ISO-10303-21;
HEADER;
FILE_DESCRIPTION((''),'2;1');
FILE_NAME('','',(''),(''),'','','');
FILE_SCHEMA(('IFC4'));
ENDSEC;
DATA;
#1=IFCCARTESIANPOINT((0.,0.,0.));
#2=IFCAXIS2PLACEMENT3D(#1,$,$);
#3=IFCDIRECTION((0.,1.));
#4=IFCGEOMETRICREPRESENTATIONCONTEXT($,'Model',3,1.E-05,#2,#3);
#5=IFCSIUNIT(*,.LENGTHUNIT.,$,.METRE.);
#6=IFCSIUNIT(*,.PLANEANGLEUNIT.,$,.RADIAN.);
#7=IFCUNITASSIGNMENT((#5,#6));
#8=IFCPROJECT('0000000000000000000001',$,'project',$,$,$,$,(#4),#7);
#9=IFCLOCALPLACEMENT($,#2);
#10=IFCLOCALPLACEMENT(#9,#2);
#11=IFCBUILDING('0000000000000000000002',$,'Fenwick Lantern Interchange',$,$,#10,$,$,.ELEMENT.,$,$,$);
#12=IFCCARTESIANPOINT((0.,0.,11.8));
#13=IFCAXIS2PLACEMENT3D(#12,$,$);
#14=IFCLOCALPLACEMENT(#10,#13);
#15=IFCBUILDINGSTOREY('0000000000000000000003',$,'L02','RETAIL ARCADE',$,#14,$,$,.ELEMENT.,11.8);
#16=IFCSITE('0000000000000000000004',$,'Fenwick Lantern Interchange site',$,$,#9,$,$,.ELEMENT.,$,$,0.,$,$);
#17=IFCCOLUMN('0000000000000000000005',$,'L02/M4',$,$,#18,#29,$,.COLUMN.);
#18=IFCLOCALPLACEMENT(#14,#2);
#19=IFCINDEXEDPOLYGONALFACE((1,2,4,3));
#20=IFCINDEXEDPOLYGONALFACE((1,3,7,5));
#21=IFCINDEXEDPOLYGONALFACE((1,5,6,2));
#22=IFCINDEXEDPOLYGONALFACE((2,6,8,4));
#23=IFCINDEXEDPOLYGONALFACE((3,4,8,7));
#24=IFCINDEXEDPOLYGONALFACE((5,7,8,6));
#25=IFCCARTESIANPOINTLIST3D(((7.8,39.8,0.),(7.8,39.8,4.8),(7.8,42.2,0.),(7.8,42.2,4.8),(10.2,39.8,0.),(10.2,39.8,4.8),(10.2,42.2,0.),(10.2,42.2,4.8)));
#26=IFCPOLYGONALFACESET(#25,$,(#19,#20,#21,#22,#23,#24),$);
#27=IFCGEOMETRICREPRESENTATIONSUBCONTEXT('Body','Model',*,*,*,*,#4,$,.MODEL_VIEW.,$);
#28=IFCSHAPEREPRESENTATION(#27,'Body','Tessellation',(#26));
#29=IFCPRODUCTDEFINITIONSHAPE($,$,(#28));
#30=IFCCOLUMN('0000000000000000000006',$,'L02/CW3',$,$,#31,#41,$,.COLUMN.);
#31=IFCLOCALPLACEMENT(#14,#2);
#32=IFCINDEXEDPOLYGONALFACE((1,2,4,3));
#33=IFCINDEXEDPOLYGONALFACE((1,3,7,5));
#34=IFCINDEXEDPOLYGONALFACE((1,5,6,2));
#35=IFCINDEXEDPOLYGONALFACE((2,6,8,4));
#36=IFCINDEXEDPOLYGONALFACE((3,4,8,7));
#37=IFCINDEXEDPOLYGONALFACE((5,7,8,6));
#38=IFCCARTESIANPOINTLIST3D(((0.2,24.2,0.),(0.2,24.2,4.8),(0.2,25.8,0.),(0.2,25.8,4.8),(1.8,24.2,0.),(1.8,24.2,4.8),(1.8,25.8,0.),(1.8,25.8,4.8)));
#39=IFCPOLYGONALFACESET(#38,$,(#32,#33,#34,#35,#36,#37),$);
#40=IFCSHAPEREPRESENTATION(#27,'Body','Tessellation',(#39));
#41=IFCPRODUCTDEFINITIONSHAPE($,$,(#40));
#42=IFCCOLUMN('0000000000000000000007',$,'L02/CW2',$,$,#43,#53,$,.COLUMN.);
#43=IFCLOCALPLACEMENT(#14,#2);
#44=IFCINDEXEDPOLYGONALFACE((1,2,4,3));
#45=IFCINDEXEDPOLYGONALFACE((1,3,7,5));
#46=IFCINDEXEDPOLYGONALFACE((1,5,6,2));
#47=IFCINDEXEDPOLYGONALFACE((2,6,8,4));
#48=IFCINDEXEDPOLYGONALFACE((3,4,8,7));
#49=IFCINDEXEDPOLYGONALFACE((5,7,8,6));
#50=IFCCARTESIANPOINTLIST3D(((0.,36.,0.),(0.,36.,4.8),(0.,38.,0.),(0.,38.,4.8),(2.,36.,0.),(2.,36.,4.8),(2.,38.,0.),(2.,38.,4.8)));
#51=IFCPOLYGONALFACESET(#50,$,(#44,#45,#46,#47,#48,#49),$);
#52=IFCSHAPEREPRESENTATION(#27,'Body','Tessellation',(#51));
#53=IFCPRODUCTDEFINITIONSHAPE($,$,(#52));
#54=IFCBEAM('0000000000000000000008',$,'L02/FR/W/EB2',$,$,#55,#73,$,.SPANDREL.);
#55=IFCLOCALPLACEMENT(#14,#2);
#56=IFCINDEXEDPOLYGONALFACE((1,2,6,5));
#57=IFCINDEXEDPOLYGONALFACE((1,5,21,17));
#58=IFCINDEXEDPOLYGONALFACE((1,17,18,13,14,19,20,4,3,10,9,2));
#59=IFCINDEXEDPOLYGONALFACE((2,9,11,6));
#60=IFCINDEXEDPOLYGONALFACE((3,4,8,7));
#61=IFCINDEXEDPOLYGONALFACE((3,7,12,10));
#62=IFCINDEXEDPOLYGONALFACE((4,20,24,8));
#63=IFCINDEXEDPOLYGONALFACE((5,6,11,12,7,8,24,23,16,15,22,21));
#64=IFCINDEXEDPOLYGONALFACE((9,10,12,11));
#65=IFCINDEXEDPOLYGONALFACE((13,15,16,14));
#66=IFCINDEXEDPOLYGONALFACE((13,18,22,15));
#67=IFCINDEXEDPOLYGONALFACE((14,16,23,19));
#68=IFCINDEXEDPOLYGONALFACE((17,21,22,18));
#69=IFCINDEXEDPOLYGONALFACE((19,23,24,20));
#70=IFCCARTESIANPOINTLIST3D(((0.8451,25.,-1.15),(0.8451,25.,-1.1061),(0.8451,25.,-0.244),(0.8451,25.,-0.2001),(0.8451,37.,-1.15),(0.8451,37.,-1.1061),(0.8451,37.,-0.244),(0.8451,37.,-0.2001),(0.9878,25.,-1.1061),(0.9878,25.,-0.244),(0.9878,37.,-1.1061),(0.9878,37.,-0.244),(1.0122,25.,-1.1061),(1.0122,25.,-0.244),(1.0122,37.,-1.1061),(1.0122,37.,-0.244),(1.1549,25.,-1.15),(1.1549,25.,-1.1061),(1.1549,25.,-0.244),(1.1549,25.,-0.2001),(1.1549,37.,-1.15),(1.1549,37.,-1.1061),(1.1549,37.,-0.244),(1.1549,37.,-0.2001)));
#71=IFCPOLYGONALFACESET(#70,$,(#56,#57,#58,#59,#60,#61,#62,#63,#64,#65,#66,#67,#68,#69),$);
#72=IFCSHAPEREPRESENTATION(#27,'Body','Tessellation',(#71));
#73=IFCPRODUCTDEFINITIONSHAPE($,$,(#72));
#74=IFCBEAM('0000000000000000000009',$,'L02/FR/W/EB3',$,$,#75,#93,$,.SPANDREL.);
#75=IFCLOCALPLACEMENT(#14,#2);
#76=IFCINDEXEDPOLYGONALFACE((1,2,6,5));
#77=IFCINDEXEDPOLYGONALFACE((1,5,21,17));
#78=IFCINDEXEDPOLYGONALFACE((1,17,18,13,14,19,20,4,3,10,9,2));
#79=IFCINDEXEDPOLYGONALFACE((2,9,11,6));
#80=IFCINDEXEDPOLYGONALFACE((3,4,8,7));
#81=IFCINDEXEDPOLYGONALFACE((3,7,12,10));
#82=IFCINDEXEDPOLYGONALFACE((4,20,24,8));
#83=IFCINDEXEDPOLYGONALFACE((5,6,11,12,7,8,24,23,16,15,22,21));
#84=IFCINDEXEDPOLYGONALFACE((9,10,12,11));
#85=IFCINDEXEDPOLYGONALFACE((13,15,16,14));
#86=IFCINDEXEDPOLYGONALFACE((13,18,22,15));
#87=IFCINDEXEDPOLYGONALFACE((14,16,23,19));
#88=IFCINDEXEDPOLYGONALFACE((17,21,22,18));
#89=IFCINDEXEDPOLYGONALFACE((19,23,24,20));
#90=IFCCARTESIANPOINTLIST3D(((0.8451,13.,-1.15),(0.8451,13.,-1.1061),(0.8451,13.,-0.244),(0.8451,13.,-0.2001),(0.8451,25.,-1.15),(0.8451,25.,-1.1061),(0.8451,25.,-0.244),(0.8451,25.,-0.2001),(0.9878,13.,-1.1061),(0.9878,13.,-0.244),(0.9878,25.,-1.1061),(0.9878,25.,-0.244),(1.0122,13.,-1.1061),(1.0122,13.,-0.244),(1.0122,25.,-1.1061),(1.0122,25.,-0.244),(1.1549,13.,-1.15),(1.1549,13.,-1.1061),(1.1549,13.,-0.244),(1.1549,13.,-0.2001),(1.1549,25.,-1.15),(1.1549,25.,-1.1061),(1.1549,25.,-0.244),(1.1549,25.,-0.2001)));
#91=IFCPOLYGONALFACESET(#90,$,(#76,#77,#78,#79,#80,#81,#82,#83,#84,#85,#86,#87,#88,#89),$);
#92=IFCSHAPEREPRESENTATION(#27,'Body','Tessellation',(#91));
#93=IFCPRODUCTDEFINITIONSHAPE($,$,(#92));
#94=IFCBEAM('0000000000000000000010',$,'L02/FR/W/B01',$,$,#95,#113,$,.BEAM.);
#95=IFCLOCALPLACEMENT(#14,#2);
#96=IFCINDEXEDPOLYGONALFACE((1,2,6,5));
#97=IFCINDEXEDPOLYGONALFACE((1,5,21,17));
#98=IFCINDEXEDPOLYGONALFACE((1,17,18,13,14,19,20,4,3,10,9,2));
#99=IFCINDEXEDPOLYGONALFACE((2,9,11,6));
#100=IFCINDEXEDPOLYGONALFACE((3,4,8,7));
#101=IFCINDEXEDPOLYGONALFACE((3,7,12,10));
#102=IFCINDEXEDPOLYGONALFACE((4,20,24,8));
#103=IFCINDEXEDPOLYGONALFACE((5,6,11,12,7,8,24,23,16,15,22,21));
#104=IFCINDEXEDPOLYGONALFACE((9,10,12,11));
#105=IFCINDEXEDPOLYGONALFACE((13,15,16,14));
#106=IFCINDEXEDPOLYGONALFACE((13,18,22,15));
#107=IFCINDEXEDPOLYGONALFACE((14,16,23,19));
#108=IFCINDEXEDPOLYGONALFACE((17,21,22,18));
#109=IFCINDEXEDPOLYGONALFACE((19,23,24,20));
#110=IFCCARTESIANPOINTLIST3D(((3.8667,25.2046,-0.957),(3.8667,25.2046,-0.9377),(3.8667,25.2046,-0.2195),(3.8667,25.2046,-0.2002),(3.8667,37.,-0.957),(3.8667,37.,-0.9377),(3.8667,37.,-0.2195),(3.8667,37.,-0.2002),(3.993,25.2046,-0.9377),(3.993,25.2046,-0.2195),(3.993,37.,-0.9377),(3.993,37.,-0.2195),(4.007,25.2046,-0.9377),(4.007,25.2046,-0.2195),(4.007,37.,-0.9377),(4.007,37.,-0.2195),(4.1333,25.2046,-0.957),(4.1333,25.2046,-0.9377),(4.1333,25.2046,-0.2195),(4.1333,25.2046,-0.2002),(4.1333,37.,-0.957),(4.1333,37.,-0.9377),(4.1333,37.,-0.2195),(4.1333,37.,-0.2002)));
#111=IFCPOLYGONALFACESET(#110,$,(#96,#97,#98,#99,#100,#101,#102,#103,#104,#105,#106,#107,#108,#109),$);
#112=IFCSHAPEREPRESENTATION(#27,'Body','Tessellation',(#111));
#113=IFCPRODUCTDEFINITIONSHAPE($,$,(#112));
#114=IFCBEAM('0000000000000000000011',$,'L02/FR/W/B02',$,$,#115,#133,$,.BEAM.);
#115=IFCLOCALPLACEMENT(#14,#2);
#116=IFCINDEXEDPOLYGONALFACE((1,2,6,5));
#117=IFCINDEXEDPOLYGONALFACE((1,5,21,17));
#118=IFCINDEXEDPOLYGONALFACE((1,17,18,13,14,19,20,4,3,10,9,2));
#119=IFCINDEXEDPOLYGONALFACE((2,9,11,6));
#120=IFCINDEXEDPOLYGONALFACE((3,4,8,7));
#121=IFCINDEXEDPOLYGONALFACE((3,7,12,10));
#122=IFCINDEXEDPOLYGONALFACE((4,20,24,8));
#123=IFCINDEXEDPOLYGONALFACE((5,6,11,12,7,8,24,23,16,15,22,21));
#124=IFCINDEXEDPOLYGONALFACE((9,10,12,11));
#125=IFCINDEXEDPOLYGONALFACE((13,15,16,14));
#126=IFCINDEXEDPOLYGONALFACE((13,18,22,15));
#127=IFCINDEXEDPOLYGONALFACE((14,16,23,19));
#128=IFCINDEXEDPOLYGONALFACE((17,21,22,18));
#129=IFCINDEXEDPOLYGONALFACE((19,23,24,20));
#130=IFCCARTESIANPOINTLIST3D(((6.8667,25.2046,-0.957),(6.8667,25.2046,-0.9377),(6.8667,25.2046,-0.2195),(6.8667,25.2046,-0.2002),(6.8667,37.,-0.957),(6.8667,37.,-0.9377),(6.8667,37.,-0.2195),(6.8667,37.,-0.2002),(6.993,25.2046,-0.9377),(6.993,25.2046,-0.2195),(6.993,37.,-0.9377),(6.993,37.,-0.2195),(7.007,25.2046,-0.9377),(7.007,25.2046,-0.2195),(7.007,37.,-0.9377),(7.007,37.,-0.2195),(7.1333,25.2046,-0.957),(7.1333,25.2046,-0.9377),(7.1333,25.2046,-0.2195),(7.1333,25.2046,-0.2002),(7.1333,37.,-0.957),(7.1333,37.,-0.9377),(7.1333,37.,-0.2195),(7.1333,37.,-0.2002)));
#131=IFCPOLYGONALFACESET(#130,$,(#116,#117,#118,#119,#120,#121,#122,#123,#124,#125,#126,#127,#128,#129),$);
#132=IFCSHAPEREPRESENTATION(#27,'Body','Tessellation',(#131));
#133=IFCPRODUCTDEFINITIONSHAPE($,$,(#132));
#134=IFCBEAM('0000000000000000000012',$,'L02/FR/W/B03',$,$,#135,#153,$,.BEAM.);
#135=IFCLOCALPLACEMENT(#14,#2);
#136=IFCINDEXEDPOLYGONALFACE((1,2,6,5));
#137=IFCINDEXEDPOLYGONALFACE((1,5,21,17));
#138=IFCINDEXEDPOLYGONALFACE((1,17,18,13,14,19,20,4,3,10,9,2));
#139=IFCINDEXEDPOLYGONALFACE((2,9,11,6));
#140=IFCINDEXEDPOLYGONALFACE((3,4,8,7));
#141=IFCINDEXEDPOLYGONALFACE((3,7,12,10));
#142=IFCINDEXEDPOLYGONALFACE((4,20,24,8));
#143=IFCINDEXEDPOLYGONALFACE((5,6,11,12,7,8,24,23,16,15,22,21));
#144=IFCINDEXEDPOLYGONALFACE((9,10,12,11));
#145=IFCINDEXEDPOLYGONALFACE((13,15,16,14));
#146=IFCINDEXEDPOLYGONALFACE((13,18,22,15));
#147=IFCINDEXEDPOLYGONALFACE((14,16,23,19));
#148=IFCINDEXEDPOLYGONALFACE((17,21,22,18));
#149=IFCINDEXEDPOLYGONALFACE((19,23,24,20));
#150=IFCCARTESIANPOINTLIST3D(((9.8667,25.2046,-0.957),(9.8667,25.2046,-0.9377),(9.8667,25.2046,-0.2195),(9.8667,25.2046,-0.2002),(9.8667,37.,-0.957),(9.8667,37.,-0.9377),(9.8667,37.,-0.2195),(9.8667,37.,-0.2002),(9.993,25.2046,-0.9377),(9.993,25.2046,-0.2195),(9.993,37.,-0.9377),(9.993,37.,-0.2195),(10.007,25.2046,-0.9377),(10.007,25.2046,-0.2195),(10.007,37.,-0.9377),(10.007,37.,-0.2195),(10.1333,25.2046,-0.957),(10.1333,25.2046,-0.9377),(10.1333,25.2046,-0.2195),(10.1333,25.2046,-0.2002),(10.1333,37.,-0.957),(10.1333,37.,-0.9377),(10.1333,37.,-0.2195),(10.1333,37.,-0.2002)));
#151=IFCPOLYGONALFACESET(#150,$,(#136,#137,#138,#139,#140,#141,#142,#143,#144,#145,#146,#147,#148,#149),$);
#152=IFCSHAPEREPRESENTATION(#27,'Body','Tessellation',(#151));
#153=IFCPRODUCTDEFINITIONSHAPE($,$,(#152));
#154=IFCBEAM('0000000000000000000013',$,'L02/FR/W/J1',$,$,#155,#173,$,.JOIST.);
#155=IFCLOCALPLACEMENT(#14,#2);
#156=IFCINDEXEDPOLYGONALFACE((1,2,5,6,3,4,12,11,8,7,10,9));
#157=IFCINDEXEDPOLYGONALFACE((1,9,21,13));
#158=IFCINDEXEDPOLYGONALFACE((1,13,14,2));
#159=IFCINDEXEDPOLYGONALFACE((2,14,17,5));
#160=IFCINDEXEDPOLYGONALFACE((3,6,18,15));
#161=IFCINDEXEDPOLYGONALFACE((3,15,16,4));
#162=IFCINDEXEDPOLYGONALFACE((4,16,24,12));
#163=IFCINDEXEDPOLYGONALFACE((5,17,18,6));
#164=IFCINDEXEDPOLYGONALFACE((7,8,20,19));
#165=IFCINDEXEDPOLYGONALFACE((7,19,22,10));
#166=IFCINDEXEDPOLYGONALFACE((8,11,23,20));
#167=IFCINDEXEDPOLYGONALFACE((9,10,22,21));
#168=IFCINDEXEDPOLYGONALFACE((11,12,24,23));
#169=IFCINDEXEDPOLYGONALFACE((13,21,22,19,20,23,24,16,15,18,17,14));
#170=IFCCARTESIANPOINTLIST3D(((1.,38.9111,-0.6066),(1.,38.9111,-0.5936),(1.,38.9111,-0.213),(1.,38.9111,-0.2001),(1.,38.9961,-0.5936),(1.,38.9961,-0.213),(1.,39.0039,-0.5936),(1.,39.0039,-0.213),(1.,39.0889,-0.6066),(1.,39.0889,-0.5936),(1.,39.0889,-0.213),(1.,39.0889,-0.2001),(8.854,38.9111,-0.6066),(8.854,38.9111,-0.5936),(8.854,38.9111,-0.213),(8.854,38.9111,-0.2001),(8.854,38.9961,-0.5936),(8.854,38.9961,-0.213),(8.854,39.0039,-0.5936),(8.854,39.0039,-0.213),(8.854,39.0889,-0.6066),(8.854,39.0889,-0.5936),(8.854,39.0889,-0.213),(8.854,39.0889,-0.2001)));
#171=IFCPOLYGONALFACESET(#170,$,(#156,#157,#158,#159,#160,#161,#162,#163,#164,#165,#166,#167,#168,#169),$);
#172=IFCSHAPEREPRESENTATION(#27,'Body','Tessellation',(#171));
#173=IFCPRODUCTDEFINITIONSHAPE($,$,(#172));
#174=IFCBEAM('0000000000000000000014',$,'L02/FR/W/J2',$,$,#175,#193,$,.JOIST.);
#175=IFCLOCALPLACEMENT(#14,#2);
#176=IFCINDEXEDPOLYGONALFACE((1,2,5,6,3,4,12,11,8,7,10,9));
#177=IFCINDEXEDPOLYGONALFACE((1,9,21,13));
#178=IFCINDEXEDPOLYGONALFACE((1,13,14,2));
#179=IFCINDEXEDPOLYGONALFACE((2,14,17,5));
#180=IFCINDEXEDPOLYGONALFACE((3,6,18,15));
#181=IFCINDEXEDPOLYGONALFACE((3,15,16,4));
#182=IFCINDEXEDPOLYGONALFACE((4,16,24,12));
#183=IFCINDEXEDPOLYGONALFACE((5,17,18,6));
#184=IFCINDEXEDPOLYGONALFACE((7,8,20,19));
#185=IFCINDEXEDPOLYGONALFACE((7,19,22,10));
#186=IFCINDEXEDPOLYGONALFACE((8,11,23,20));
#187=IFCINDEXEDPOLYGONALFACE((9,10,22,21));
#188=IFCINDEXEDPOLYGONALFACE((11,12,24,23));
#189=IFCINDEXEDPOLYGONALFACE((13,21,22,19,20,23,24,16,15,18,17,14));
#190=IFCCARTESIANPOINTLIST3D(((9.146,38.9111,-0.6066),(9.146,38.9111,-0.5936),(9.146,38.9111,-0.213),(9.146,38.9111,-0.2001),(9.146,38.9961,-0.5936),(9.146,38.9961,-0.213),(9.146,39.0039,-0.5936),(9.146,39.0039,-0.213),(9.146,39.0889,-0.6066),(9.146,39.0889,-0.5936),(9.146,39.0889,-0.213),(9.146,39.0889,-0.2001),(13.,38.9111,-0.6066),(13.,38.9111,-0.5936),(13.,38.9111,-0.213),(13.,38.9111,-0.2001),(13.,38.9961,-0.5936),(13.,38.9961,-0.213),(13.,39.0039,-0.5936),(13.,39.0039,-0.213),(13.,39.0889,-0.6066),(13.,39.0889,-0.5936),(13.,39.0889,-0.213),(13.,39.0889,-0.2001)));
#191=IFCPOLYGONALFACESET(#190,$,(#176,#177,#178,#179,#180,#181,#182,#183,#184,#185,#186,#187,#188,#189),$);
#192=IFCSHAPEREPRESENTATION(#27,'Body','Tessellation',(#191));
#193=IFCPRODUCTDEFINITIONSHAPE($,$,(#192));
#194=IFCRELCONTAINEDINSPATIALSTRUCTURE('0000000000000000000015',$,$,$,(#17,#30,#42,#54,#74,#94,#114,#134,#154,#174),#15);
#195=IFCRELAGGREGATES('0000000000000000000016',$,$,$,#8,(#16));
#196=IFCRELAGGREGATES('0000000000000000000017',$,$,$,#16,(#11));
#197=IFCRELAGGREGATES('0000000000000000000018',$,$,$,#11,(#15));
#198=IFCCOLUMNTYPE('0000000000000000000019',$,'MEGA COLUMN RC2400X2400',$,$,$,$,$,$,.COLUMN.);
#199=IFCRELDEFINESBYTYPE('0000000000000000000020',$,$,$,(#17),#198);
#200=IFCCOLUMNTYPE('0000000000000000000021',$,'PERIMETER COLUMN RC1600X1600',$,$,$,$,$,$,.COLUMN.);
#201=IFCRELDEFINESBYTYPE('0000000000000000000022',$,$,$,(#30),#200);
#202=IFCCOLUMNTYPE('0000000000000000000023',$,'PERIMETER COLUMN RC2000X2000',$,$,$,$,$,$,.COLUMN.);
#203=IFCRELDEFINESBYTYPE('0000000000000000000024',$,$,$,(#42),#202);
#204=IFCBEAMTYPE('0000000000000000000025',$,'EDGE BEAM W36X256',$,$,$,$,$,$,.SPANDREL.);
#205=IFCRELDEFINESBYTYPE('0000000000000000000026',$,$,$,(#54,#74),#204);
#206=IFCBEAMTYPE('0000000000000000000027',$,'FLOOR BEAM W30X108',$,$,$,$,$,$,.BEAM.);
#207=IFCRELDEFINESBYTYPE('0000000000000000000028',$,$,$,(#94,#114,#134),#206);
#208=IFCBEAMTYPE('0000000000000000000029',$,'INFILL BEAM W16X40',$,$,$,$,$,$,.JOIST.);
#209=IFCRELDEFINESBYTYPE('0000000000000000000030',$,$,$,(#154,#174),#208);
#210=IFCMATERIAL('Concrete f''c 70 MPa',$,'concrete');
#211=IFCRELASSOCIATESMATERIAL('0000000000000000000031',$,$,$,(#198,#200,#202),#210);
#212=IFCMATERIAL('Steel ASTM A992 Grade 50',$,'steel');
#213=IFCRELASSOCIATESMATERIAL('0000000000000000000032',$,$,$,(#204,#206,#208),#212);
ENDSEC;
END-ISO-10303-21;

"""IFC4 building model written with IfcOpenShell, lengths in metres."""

from ifc_helpers import new_model, si_unit, direction, frame, origin, origin_2d, place, context, subcontext, project, spatial, rectangle, i_section, extrude, material, material_profile, profile_set, type_object, element, save


model = new_model("IFC4")

# Units and contexts
model_context = context("Model", 3, precision=1e-05, world=origin(), true_north=direction((0.0, 1.0)))
body_context = subcontext(model_context, "Body", "Model", "MODEL_VIEW")
ifc_project = project(units=[si_unit("LENGTHUNIT", "METRE"), si_unit("PLANEANGLEUNIT", "RADIAN")], contexts=[model_context])

# Site, building, storey
site_placement = place(None, origin())
site = spatial("IfcSite", under=ifc_project, at=site_placement, Name="Fenwick Lantern Interchange site", CompositionType="ELEMENT", RefElevation=0.0)
building_placement = place(site_placement, origin())
building = spatial("IfcBuilding", under=site, at=building_placement, Name="Fenwick Lantern Interchange", CompositionType="ELEMENT")
storey_placement = place(building_placement, frame((0.0, 0.0, 11.8)))
storey = spatial("IfcBuildingStorey", under=building, at=storey_placement, Name="L02", Description="RETAIL ARCADE", CompositionType="ELEMENT", Elevation=11.8)

# Columns
ifc_material_1 = material(Name="Concrete f'c 70 MPa", Category="concrete")
ifc_material_profile_1 = material_profile(ifc_material_1, rectangle(XDim=2.3999, YDim=2.3999, at=origin_2d()), Name="RC2400X2400")
ifc_profile_set_1 = profile_set([ifc_material_profile_1], Name="Concrete f'c 70 MPa")
column_type_1 = type_object("IfcColumnType", Name="MEGA COLUMN RC2400X2400", PredefinedType="COLUMN", material=ifc_profile_set_1)
column_1_placement = place(storey_placement, frame((9.0, 41.0, 0.0), z_axis=(0.0, 0.0, 1.0), x_axis=(1.0, 0.0, 0.0)))
element("IfcColumn", 1, at=column_1_placement, inside=storey, type_object=column_type_1, Name="L02/M4", PredefinedType="COLUMN", context=body_context, shape_type="SweptSolid", body=[
    extrude(rectangle(XDim=2.3999, YDim=2.3999, at=origin_2d()), origin(), (0.0, 0.0, 1.0), 4.8),
])
ifc_material_profile_2 = material_profile(ifc_material_1, rectangle(XDim=1.6001, YDim=1.6001, at=origin_2d()), Name="RC1600X1600")
ifc_profile_set_2 = profile_set([ifc_material_profile_2], Name="Concrete f'c 70 MPa")
column_type_2 = type_object("IfcColumnType", Name="PERIMETER COLUMN RC1600X1600", PredefinedType="COLUMN", material=ifc_profile_set_2)
column_2_placement = place(storey_placement, frame((1.0, 25.0, 0.0), z_axis=(0.0, 0.0, 1.0), x_axis=(1.0, 0.0, 0.0)))
element("IfcColumn", 2, at=column_2_placement, inside=storey, type_object=column_type_2, Name="L02/CW3", PredefinedType="COLUMN", context=body_context, shape_type="SweptSolid", body=[
    extrude(rectangle(XDim=1.6001, YDim=1.6001, at=origin_2d()), origin(), (0.0, 0.0, 1.0), 4.8),
])
ifc_material_profile_3 = material_profile(ifc_material_1, rectangle(XDim=2.0, YDim=2.0, at=origin_2d()), Name="RC2000X2000")
ifc_profile_set_3 = profile_set([ifc_material_profile_3], Name="Concrete f'c 70 MPa")
column_type_3 = type_object("IfcColumnType", Name="PERIMETER COLUMN RC2000X2000", PredefinedType="COLUMN", material=ifc_profile_set_3)
column_3_placement = place(storey_placement, frame((1.0, 37.0, 0.0), z_axis=(0.0, 0.0, 1.0), x_axis=(1.0, 0.0, 0.0)))
element("IfcColumn", 3, at=column_3_placement, inside=storey, type_object=column_type_3, Name="L02/CW2", PredefinedType="COLUMN", context=body_context, shape_type="SweptSolid", body=[
    extrude(rectangle(XDim=2.0, YDim=2.0, at=origin_2d()), origin(), (0.0, 0.0, 1.0), 4.8),
])

# Beams
ifc_material_2 = material(Name="Steel ASTM A992 Grade 50", Category="steel")
ifc_material_profile_4 = material_profile(ifc_material_2, i_section(OverallWidth=0.3098, OverallDepth=0.95, WebThickness=0.0244, FlangeThickness=0.0439, at=origin_2d()), Name="W36X256")
ifc_profile_set_4 = profile_set([ifc_material_profile_4], Name="Steel ASTM A992 Grade 50")
beam_type_1 = type_object("IfcBeamType", Name="EDGE BEAM W36X256", PredefinedType="SPANDREL", material=ifc_profile_set_4)
for number, where, z_axis, x_axis, name in (
    (4, (1.0, 37.0, -0.675), (0.0, -1.0, 0.0), (1.0, 0.0, 0.0), "L02/FR/W/EB2"),
    (5, (1.0, 25.0, -0.675), (0.0, -1.0, 0.0), (1.0, 0.0, 0.0), "L02/FR/W/EB3"),
):
    element("IfcBeam", number, at=place(storey_placement, frame(where, z_axis=z_axis, x_axis=x_axis)), inside=storey, type_object=beam_type_1, Name=name, PredefinedType="SPANDREL", context=body_context, shape_type="SweptSolid", body=[
        extrude(i_section(OverallWidth=0.3098, OverallDepth=0.95, WebThickness=0.0244, FlangeThickness=0.0439, at=origin_2d()), origin(), (0.0, 0.0, 1.0), 12.0),
    ])
ifc_material_profile_5 = material_profile(ifc_material_2, i_section(OverallWidth=0.2666, OverallDepth=0.7568, WebThickness=0.0139, FlangeThickness=0.0193, at=origin_2d()), Name="W30X108")
ifc_profile_set_5 = profile_set([ifc_material_profile_5], Name="Steel ASTM A992 Grade 50")
beam_type_2 = type_object("IfcBeamType", Name="FLOOR BEAM W30X108", PredefinedType="BEAM", material=ifc_profile_set_5)
for number, where, z_axis, x_axis, name in (
    (6, (4.0, 37.0, -0.5786), (0.0, -1.0, 0.0), (1.0, 0.0, 0.0), "L02/FR/W/B01"),
    (7, (7.0, 37.0, -0.5786), (0.0, -1.0, 0.0), (1.0, 0.0, 0.0), "L02/FR/W/B02"),
    (8, (10.0, 37.0, -0.5786), (0.0, -1.0, 0.0), (1.0, 0.0, 0.0), "L02/FR/W/B03"),
):
    element("IfcBeam", number, at=place(storey_placement, frame(where, z_axis=z_axis, x_axis=x_axis)), inside=storey, type_object=beam_type_2, Name=name, PredefinedType="BEAM", context=body_context, shape_type="SweptSolid", body=[
        extrude(i_section(OverallWidth=0.2666, OverallDepth=0.7568, WebThickness=0.0139, FlangeThickness=0.0193, at=origin_2d()), origin(), (0.0, 0.0, 1.0), 11.7954),
    ])
ifc_material_profile_6 = material_profile(ifc_material_2, i_section(OverallWidth=0.1777, OverallDepth=0.4065, WebThickness=0.0078, FlangeThickness=0.0129, at=origin_2d()), Name="W16X40")
ifc_profile_set_6 = profile_set([ifc_material_profile_6], Name="Steel ASTM A992 Grade 50")
beam_type_3 = type_object("IfcBeamType", Name="INFILL BEAM W16X40", PredefinedType="JOIST", material=ifc_profile_set_6)
beam_1_placement = place(storey_placement, frame((1.0, 39.0, -0.4033), z_axis=(1.0, 0.0, 0.0), x_axis=(0.0, 1.0, 0.0)))
element("IfcBeam", 9, at=beam_1_placement, inside=storey, type_object=beam_type_3, Name="L02/FR/W/J1", PredefinedType="JOIST", context=body_context, shape_type="SweptSolid", body=[
    extrude(i_section(OverallWidth=0.1777, OverallDepth=0.4065, WebThickness=0.0078, FlangeThickness=0.0129, at=origin_2d()), origin(), (0.0, 0.0, 1.0), 7.854),
])
beam_2_placement = place(storey_placement, frame((9.146, 39.0, -0.4033), z_axis=(1.0, 0.0, 0.0), x_axis=(0.0, 1.0, 0.0)))
element("IfcBeam", 10, at=beam_2_placement, inside=storey, type_object=beam_type_3, Name="L02/FR/W/J2", PredefinedType="JOIST", context=body_context, shape_type="SweptSolid", body=[
    extrude(i_section(OverallWidth=0.1777, OverallDepth=0.4065, WebThickness=0.0078, FlangeThickness=0.0129, at=origin_2d()), origin(), (0.0, 0.0, 1.0), 3.854),
])

save(model, "model.ifc")
